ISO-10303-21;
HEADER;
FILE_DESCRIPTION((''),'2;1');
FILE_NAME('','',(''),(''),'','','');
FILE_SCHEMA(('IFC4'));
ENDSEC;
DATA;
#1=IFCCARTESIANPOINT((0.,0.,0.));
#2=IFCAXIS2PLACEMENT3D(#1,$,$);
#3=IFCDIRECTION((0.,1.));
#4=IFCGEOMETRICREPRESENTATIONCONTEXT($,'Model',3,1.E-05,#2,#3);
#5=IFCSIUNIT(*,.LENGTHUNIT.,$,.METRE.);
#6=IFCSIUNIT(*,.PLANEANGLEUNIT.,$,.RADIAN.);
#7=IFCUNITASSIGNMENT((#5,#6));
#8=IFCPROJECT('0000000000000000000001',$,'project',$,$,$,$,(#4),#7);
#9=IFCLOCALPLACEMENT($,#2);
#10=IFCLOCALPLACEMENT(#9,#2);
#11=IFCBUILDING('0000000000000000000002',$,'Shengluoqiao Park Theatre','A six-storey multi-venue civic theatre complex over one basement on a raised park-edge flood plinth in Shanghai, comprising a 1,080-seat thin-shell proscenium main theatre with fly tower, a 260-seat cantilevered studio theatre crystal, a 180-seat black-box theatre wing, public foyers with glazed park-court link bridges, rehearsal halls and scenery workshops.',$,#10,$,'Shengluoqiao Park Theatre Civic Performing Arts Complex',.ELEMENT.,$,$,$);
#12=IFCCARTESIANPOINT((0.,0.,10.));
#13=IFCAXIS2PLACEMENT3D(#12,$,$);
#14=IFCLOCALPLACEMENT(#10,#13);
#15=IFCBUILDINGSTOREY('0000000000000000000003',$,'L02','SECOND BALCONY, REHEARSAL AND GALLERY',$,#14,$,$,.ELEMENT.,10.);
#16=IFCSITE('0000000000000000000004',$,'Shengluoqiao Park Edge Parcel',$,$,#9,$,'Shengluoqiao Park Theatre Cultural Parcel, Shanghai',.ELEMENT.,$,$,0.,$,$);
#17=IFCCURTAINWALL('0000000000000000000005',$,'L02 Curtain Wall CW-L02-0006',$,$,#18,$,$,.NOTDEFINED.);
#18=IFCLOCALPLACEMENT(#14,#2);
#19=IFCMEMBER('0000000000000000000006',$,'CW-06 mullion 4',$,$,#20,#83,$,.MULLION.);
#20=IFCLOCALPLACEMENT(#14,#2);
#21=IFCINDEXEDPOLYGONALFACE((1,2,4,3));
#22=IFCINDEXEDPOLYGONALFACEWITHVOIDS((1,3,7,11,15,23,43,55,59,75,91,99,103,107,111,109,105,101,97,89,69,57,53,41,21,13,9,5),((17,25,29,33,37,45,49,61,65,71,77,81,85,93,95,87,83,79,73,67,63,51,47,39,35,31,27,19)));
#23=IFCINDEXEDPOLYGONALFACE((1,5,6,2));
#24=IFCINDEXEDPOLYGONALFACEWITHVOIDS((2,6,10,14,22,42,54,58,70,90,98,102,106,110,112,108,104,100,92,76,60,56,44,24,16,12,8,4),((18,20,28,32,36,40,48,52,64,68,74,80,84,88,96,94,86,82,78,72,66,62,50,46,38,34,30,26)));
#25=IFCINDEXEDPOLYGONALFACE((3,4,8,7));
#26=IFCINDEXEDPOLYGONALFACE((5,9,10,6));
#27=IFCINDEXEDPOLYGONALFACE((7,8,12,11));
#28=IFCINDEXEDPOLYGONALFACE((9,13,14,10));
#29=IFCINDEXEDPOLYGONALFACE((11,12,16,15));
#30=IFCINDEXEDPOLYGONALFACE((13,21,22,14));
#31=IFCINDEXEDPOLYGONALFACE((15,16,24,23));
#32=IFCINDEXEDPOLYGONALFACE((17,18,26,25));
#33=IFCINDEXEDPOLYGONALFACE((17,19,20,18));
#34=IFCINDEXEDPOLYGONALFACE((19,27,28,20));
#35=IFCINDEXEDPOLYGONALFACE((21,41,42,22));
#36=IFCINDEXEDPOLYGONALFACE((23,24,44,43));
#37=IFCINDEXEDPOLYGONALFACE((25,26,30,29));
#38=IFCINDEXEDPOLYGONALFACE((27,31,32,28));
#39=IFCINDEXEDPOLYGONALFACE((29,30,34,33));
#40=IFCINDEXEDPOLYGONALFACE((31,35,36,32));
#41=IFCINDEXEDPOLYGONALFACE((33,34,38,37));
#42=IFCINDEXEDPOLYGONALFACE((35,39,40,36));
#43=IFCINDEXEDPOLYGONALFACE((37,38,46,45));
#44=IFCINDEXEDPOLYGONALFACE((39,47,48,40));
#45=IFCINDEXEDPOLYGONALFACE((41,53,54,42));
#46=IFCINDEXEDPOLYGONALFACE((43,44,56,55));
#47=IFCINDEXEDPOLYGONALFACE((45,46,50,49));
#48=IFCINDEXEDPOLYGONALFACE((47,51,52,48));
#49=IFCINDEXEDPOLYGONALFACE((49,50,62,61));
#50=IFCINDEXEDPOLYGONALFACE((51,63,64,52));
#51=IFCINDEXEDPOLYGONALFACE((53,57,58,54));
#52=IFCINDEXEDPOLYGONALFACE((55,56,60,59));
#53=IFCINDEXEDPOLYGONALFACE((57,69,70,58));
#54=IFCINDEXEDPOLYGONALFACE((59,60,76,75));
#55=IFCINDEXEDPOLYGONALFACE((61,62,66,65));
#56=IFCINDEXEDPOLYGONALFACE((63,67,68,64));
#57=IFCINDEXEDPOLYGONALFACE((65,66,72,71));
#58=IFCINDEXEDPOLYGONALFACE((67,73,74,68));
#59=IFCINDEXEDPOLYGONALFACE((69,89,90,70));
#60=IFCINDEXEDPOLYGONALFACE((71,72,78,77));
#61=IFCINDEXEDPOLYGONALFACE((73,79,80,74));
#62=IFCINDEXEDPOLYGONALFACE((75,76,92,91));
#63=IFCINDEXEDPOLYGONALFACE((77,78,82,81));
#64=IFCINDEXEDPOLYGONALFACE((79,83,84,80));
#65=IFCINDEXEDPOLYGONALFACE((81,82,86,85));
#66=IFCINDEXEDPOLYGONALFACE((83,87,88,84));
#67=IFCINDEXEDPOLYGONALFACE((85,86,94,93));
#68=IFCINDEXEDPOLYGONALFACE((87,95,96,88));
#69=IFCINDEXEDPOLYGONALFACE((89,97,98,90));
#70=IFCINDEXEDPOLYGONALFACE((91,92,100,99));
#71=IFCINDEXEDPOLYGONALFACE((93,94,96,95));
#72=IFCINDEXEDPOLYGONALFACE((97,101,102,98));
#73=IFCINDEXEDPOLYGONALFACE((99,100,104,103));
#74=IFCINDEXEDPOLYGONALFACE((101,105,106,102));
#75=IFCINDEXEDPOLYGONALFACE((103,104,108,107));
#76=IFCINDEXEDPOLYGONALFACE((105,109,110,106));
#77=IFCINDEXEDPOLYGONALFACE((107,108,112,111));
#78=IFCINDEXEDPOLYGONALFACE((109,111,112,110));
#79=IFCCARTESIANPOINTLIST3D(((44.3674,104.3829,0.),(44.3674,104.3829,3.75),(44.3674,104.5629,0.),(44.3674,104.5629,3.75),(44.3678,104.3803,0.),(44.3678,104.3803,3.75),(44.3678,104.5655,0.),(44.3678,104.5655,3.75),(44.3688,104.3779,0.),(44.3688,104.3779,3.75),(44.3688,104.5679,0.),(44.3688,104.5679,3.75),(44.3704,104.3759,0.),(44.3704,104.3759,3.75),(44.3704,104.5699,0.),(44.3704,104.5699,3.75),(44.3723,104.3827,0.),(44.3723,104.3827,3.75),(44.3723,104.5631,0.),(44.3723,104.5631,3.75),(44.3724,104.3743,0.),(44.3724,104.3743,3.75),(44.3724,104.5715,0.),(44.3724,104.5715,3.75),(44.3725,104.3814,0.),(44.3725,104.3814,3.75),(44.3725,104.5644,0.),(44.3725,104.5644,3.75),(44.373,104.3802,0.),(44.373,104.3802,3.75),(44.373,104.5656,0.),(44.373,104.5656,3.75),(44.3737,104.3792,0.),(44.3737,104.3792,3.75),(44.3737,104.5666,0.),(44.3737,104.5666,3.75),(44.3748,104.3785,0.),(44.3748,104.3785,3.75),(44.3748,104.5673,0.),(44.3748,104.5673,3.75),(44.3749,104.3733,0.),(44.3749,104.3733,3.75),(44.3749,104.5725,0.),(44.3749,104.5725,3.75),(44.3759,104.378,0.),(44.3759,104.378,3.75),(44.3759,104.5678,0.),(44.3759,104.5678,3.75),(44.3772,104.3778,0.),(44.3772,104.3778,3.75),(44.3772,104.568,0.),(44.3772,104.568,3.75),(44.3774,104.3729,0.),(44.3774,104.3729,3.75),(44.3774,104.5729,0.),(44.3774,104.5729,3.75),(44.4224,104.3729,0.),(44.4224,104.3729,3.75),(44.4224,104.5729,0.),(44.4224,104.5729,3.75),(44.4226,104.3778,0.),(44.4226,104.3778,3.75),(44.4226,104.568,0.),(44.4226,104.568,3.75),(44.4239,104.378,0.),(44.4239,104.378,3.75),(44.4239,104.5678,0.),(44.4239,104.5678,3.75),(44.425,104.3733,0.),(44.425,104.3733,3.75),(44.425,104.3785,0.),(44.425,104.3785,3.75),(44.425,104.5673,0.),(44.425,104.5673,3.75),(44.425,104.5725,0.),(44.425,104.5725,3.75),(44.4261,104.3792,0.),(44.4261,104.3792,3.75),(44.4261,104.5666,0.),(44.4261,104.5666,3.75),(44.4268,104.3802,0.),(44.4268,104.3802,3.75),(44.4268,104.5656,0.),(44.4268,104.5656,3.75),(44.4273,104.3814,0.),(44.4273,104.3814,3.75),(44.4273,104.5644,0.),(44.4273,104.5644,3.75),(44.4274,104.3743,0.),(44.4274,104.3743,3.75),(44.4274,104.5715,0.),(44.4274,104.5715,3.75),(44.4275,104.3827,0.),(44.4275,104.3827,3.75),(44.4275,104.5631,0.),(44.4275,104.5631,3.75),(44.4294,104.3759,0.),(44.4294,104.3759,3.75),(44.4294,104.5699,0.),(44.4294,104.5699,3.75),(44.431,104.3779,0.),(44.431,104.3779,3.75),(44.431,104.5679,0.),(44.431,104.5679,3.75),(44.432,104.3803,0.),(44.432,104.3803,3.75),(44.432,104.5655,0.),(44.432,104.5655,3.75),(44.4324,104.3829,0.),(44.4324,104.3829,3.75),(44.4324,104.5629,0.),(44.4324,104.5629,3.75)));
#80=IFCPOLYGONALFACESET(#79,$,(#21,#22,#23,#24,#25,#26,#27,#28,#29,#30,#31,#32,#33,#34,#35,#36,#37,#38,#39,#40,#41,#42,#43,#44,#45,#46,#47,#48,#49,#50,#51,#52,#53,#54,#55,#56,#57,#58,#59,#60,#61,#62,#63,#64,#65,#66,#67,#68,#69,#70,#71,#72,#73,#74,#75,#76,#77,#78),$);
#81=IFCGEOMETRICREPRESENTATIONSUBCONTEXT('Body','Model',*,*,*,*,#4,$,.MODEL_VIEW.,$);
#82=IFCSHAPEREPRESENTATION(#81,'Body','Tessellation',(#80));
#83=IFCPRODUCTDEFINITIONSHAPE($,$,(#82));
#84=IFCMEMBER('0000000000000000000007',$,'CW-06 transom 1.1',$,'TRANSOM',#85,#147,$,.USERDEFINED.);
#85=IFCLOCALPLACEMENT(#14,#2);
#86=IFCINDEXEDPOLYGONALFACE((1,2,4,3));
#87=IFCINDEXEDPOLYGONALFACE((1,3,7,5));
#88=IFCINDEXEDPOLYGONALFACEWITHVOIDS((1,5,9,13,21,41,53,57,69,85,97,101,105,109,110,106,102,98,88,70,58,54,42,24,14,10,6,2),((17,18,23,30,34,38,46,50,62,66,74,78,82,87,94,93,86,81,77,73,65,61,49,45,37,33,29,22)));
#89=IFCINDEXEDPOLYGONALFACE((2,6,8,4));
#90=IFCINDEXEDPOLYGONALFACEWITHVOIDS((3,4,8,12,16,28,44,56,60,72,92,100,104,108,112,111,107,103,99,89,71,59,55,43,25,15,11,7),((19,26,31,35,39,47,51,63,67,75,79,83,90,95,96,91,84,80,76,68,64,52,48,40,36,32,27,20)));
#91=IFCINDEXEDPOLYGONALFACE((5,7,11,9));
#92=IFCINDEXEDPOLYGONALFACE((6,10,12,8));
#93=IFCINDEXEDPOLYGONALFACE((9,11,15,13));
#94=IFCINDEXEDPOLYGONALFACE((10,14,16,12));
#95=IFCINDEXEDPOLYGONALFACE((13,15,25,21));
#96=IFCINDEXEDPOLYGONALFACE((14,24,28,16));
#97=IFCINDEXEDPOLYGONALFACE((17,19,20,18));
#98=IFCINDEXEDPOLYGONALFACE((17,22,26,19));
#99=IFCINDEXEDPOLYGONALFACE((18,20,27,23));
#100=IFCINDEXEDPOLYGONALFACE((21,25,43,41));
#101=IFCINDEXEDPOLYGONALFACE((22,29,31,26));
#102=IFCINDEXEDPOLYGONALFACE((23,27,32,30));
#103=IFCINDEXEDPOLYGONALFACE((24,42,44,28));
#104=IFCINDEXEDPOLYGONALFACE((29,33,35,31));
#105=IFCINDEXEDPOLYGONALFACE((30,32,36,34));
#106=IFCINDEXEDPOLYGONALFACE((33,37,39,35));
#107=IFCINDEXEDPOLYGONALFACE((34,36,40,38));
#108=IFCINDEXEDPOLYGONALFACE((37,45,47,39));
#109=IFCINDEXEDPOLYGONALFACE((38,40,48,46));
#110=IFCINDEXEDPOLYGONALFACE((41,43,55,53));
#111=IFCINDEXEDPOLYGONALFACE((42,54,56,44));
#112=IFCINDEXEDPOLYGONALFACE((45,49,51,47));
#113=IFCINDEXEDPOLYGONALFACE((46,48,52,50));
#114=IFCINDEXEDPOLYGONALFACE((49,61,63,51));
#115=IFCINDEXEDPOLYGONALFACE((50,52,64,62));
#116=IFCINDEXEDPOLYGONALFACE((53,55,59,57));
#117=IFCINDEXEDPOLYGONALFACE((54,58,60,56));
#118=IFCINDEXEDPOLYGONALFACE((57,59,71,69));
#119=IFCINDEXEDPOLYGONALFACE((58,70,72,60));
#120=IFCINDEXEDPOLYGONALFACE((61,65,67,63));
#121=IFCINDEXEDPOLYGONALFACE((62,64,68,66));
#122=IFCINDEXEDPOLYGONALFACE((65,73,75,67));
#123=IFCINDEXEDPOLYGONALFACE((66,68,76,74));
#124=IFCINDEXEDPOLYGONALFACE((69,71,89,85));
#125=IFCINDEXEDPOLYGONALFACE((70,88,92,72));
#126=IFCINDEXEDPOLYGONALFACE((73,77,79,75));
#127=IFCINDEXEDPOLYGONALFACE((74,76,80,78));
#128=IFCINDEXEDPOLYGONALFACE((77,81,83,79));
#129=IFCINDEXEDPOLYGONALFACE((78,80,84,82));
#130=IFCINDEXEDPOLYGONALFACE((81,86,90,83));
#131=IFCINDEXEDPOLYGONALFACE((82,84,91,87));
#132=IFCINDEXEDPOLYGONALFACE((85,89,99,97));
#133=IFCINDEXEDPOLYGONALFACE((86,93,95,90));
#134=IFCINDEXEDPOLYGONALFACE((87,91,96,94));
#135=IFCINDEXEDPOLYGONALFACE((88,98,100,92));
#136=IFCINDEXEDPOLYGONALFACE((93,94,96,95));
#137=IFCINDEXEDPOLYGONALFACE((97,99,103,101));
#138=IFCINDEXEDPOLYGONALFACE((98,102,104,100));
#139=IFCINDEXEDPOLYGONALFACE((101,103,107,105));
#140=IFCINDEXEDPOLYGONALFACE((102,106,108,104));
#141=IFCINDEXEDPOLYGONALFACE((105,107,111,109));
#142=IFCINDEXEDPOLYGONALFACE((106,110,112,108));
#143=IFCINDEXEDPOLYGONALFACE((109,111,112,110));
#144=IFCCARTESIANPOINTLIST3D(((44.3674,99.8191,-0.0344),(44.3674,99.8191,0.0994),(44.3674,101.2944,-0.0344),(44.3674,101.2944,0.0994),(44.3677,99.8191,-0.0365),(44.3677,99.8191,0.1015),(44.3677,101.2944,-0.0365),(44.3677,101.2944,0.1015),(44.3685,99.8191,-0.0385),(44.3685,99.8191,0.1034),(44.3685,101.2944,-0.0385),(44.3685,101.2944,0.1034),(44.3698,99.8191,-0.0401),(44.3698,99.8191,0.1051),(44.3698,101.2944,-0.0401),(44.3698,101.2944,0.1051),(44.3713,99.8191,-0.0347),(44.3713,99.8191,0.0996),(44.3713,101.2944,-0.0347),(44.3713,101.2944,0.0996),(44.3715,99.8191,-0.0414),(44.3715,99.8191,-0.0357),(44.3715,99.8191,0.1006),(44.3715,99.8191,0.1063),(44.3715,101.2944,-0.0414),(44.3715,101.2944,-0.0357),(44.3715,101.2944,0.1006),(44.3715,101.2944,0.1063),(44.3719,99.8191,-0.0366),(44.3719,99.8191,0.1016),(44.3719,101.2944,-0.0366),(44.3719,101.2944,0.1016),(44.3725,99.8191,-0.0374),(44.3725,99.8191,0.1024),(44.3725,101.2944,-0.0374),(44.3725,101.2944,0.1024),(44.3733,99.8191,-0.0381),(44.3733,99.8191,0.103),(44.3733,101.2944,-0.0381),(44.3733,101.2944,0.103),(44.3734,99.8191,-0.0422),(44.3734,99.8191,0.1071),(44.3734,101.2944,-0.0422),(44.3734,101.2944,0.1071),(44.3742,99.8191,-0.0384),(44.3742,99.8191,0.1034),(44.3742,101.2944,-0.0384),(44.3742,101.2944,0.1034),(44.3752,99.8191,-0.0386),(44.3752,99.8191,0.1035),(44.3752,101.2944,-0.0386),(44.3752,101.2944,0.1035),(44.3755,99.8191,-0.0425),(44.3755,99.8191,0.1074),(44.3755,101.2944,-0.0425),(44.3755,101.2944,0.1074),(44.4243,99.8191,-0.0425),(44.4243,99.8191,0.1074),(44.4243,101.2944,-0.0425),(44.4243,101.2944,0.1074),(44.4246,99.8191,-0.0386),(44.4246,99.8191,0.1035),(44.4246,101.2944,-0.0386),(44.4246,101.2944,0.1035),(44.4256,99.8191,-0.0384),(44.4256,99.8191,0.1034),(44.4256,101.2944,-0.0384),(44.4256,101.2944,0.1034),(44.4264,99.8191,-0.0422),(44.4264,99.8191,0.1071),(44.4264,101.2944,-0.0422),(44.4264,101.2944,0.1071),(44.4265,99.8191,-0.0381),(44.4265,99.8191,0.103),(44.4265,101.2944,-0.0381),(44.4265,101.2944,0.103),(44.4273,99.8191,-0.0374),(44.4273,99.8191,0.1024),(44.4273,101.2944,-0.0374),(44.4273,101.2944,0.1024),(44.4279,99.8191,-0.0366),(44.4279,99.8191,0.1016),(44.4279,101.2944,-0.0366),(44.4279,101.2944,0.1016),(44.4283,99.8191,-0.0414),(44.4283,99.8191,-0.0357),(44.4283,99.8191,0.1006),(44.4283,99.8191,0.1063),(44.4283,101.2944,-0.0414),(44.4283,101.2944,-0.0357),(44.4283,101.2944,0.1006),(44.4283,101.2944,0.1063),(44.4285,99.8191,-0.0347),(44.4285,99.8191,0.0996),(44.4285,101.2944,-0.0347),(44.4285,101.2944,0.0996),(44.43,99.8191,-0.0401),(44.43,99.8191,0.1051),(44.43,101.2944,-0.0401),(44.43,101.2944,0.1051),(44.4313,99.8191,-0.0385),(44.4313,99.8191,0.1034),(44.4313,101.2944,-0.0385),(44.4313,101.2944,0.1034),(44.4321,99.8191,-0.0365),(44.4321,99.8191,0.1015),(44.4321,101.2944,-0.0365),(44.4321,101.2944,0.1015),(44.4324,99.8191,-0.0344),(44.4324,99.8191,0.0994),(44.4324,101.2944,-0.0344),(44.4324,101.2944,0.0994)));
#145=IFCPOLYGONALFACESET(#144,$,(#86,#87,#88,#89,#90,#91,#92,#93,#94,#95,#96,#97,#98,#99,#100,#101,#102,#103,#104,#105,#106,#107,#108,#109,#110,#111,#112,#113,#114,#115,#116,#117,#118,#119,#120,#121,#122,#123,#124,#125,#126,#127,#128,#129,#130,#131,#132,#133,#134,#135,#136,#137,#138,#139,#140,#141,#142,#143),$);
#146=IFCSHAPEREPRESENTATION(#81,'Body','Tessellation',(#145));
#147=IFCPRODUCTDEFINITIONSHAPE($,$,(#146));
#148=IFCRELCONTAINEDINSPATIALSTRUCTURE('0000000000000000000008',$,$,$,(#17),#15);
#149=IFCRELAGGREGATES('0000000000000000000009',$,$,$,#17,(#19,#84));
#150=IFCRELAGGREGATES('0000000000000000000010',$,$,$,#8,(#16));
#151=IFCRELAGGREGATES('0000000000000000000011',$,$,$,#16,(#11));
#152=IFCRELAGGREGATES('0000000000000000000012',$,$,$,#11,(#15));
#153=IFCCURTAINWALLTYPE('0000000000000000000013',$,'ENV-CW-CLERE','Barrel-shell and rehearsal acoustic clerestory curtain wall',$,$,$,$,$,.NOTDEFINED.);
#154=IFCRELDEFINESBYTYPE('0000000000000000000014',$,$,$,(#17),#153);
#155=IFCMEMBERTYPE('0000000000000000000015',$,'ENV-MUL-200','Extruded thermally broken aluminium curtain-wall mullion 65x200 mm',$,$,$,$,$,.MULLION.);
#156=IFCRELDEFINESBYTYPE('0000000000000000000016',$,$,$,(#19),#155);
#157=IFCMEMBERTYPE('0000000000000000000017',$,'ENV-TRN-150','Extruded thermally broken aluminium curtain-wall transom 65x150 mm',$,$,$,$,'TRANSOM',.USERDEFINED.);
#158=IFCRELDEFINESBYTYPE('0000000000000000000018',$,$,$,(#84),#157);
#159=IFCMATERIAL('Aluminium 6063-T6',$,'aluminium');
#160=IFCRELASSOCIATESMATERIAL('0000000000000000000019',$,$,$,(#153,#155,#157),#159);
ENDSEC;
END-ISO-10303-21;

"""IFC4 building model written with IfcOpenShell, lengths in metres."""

from ifc_helpers import new_model, si_unit, direction, frame, origin, origin_2d, place, context, subcontext, project, spatial, hollow_rectangle, extrude, material, material_profile, profile_set, type_object, element, aggregate, save


model = new_model("IFC4")

# Units and contexts
model_context = context("Model", 3, precision=1e-05, world=origin(), true_north=direction((0.0, 1.0)))
body_context = subcontext(model_context, "Body", "Model", "MODEL_VIEW")
ifc_project = project(units=[si_unit("LENGTHUNIT", "METRE"), si_unit("PLANEANGLEUNIT", "RADIAN")], contexts=[model_context])

# Site, building, storey
site_placement = place(None, origin())
site = spatial("IfcSite", under=ifc_project, at=site_placement, Name="Shengluoqiao Park Edge Parcel", LongName="Shengluoqiao Park Theatre Cultural Parcel, Shanghai", CompositionType="ELEMENT", RefElevation=0.0)
building_placement = place(site_placement, origin())
building = spatial("IfcBuilding", under=site, at=building_placement, Name="Shengluoqiao Park Theatre", Description="A six-storey multi-venue civic theatre complex over one basement on a raised park-edge flood plinth in Shanghai, comprising a 1,080-seat thin-shell proscenium main theatre with fly tower, a 260-seat cantilevered studio theatre crystal, a 180-seat black-box theatre wing, public foyers with glazed park-court link bridges, rehearsal halls and scenery workshops.", LongName="Shengluoqiao Park Theatre Civic Performing Arts Complex", CompositionType="ELEMENT")
storey_placement = place(building_placement, frame((0.0, 0.0, 10.0)))
storey = spatial("IfcBuildingStorey", under=building, at=storey_placement, Name="L02", Description="SECOND BALCONY, REHEARSAL AND GALLERY", CompositionType="ELEMENT", Elevation=10.0)

# Curtain wall, members
ifc_material_1 = material(Name="Aluminium 6063-T6", Category="aluminium")
curtain_wall_type = type_object("IfcCurtainWallType", Name="ENV-CW-CLERE", Description="Barrel-shell and rehearsal acoustic clerestory curtain wall", PredefinedType="NOTDEFINED", material=ifc_material_1)
curtain_wall_placement = place(storey_placement, origin())
curtain_wall = element("IfcCurtainWall", 1, at=curtain_wall_placement, inside=storey, type_object=curtain_wall_type, Name="L02 Curtain Wall CW-L02-0006", PredefinedType="NOTDEFINED")
ifc_material_profile_1 = material_profile(ifc_material_1, hollow_rectangle(XDim=0.0649, YDim=0.2, WallThickness=0.0049, InnerFilletRadius=0.0049, OuterFilletRadius=0.01, at=origin_2d()), Name="ALU MULLION 200x65x5")
ifc_profile_set_1 = profile_set([ifc_material_profile_1], Name="Aluminium 6063-T6")
member_type_1 = type_object("IfcMemberType", Name="ENV-MUL-200", Description="Extruded thermally broken aluminium curtain-wall mullion 65x200 mm", PredefinedType="MULLION", material=ifc_profile_set_1)
member_1_placement = place(storey_placement, frame((44.3999, 104.4729, 0.0), z_axis=(0.0, 0.0, 1.0), x_axis=(-1.0, 0.0, 0.0)))
member_1 = element("IfcMember", 2, at=member_1_placement, type_object=member_type_1, Name="CW-06 mullion 4", PredefinedType="MULLION", context=body_context, shape_type="SweptSolid", body=[
    extrude(hollow_rectangle(XDim=0.0649, YDim=0.2, WallThickness=0.0049, InnerFilletRadius=0.0049, OuterFilletRadius=0.01, at=origin_2d()), origin(), (0.0, 0.0, 1.0), 3.75),
])
ifc_material_profile_2 = material_profile(ifc_material_1, hollow_rectangle(XDim=0.0649, YDim=0.1499, WallThickness=0.0039, InnerFilletRadius=0.0039, OuterFilletRadius=0.0081, at=origin_2d()), Name="ALU TRANSOM 150x65x4")
ifc_profile_set_2 = profile_set([ifc_material_profile_2], Name="Aluminium 6063-T6")
member_type_2 = type_object("IfcMemberType", Name="ENV-TRN-150", Description="Extruded thermally broken aluminium curtain-wall transom 65x150 mm", ElementType="TRANSOM", PredefinedType="USERDEFINED", material=ifc_profile_set_2)
member_2_placement = place(storey_placement, frame((44.3999, 99.8191, 0.0325), z_axis=(0.0, 1.0, 0.0), x_axis=(-1.0, 0.0, 0.0)))
member_2 = element("IfcMember", 3, at=member_2_placement, type_object=member_type_2, Name="CW-06 transom 1.1", ObjectType="TRANSOM", PredefinedType="USERDEFINED", context=body_context, shape_type="SweptSolid", body=[
    extrude(hollow_rectangle(XDim=0.0649, YDim=0.1499, WallThickness=0.0039, InnerFilletRadius=0.0039, OuterFilletRadius=0.0081, at=origin_2d()), origin(), (0.0, 0.0, 1.0), 1.4753),
])
aggregate(curtain_wall, [member_1, member_2])

save(model, "model.ifc")
